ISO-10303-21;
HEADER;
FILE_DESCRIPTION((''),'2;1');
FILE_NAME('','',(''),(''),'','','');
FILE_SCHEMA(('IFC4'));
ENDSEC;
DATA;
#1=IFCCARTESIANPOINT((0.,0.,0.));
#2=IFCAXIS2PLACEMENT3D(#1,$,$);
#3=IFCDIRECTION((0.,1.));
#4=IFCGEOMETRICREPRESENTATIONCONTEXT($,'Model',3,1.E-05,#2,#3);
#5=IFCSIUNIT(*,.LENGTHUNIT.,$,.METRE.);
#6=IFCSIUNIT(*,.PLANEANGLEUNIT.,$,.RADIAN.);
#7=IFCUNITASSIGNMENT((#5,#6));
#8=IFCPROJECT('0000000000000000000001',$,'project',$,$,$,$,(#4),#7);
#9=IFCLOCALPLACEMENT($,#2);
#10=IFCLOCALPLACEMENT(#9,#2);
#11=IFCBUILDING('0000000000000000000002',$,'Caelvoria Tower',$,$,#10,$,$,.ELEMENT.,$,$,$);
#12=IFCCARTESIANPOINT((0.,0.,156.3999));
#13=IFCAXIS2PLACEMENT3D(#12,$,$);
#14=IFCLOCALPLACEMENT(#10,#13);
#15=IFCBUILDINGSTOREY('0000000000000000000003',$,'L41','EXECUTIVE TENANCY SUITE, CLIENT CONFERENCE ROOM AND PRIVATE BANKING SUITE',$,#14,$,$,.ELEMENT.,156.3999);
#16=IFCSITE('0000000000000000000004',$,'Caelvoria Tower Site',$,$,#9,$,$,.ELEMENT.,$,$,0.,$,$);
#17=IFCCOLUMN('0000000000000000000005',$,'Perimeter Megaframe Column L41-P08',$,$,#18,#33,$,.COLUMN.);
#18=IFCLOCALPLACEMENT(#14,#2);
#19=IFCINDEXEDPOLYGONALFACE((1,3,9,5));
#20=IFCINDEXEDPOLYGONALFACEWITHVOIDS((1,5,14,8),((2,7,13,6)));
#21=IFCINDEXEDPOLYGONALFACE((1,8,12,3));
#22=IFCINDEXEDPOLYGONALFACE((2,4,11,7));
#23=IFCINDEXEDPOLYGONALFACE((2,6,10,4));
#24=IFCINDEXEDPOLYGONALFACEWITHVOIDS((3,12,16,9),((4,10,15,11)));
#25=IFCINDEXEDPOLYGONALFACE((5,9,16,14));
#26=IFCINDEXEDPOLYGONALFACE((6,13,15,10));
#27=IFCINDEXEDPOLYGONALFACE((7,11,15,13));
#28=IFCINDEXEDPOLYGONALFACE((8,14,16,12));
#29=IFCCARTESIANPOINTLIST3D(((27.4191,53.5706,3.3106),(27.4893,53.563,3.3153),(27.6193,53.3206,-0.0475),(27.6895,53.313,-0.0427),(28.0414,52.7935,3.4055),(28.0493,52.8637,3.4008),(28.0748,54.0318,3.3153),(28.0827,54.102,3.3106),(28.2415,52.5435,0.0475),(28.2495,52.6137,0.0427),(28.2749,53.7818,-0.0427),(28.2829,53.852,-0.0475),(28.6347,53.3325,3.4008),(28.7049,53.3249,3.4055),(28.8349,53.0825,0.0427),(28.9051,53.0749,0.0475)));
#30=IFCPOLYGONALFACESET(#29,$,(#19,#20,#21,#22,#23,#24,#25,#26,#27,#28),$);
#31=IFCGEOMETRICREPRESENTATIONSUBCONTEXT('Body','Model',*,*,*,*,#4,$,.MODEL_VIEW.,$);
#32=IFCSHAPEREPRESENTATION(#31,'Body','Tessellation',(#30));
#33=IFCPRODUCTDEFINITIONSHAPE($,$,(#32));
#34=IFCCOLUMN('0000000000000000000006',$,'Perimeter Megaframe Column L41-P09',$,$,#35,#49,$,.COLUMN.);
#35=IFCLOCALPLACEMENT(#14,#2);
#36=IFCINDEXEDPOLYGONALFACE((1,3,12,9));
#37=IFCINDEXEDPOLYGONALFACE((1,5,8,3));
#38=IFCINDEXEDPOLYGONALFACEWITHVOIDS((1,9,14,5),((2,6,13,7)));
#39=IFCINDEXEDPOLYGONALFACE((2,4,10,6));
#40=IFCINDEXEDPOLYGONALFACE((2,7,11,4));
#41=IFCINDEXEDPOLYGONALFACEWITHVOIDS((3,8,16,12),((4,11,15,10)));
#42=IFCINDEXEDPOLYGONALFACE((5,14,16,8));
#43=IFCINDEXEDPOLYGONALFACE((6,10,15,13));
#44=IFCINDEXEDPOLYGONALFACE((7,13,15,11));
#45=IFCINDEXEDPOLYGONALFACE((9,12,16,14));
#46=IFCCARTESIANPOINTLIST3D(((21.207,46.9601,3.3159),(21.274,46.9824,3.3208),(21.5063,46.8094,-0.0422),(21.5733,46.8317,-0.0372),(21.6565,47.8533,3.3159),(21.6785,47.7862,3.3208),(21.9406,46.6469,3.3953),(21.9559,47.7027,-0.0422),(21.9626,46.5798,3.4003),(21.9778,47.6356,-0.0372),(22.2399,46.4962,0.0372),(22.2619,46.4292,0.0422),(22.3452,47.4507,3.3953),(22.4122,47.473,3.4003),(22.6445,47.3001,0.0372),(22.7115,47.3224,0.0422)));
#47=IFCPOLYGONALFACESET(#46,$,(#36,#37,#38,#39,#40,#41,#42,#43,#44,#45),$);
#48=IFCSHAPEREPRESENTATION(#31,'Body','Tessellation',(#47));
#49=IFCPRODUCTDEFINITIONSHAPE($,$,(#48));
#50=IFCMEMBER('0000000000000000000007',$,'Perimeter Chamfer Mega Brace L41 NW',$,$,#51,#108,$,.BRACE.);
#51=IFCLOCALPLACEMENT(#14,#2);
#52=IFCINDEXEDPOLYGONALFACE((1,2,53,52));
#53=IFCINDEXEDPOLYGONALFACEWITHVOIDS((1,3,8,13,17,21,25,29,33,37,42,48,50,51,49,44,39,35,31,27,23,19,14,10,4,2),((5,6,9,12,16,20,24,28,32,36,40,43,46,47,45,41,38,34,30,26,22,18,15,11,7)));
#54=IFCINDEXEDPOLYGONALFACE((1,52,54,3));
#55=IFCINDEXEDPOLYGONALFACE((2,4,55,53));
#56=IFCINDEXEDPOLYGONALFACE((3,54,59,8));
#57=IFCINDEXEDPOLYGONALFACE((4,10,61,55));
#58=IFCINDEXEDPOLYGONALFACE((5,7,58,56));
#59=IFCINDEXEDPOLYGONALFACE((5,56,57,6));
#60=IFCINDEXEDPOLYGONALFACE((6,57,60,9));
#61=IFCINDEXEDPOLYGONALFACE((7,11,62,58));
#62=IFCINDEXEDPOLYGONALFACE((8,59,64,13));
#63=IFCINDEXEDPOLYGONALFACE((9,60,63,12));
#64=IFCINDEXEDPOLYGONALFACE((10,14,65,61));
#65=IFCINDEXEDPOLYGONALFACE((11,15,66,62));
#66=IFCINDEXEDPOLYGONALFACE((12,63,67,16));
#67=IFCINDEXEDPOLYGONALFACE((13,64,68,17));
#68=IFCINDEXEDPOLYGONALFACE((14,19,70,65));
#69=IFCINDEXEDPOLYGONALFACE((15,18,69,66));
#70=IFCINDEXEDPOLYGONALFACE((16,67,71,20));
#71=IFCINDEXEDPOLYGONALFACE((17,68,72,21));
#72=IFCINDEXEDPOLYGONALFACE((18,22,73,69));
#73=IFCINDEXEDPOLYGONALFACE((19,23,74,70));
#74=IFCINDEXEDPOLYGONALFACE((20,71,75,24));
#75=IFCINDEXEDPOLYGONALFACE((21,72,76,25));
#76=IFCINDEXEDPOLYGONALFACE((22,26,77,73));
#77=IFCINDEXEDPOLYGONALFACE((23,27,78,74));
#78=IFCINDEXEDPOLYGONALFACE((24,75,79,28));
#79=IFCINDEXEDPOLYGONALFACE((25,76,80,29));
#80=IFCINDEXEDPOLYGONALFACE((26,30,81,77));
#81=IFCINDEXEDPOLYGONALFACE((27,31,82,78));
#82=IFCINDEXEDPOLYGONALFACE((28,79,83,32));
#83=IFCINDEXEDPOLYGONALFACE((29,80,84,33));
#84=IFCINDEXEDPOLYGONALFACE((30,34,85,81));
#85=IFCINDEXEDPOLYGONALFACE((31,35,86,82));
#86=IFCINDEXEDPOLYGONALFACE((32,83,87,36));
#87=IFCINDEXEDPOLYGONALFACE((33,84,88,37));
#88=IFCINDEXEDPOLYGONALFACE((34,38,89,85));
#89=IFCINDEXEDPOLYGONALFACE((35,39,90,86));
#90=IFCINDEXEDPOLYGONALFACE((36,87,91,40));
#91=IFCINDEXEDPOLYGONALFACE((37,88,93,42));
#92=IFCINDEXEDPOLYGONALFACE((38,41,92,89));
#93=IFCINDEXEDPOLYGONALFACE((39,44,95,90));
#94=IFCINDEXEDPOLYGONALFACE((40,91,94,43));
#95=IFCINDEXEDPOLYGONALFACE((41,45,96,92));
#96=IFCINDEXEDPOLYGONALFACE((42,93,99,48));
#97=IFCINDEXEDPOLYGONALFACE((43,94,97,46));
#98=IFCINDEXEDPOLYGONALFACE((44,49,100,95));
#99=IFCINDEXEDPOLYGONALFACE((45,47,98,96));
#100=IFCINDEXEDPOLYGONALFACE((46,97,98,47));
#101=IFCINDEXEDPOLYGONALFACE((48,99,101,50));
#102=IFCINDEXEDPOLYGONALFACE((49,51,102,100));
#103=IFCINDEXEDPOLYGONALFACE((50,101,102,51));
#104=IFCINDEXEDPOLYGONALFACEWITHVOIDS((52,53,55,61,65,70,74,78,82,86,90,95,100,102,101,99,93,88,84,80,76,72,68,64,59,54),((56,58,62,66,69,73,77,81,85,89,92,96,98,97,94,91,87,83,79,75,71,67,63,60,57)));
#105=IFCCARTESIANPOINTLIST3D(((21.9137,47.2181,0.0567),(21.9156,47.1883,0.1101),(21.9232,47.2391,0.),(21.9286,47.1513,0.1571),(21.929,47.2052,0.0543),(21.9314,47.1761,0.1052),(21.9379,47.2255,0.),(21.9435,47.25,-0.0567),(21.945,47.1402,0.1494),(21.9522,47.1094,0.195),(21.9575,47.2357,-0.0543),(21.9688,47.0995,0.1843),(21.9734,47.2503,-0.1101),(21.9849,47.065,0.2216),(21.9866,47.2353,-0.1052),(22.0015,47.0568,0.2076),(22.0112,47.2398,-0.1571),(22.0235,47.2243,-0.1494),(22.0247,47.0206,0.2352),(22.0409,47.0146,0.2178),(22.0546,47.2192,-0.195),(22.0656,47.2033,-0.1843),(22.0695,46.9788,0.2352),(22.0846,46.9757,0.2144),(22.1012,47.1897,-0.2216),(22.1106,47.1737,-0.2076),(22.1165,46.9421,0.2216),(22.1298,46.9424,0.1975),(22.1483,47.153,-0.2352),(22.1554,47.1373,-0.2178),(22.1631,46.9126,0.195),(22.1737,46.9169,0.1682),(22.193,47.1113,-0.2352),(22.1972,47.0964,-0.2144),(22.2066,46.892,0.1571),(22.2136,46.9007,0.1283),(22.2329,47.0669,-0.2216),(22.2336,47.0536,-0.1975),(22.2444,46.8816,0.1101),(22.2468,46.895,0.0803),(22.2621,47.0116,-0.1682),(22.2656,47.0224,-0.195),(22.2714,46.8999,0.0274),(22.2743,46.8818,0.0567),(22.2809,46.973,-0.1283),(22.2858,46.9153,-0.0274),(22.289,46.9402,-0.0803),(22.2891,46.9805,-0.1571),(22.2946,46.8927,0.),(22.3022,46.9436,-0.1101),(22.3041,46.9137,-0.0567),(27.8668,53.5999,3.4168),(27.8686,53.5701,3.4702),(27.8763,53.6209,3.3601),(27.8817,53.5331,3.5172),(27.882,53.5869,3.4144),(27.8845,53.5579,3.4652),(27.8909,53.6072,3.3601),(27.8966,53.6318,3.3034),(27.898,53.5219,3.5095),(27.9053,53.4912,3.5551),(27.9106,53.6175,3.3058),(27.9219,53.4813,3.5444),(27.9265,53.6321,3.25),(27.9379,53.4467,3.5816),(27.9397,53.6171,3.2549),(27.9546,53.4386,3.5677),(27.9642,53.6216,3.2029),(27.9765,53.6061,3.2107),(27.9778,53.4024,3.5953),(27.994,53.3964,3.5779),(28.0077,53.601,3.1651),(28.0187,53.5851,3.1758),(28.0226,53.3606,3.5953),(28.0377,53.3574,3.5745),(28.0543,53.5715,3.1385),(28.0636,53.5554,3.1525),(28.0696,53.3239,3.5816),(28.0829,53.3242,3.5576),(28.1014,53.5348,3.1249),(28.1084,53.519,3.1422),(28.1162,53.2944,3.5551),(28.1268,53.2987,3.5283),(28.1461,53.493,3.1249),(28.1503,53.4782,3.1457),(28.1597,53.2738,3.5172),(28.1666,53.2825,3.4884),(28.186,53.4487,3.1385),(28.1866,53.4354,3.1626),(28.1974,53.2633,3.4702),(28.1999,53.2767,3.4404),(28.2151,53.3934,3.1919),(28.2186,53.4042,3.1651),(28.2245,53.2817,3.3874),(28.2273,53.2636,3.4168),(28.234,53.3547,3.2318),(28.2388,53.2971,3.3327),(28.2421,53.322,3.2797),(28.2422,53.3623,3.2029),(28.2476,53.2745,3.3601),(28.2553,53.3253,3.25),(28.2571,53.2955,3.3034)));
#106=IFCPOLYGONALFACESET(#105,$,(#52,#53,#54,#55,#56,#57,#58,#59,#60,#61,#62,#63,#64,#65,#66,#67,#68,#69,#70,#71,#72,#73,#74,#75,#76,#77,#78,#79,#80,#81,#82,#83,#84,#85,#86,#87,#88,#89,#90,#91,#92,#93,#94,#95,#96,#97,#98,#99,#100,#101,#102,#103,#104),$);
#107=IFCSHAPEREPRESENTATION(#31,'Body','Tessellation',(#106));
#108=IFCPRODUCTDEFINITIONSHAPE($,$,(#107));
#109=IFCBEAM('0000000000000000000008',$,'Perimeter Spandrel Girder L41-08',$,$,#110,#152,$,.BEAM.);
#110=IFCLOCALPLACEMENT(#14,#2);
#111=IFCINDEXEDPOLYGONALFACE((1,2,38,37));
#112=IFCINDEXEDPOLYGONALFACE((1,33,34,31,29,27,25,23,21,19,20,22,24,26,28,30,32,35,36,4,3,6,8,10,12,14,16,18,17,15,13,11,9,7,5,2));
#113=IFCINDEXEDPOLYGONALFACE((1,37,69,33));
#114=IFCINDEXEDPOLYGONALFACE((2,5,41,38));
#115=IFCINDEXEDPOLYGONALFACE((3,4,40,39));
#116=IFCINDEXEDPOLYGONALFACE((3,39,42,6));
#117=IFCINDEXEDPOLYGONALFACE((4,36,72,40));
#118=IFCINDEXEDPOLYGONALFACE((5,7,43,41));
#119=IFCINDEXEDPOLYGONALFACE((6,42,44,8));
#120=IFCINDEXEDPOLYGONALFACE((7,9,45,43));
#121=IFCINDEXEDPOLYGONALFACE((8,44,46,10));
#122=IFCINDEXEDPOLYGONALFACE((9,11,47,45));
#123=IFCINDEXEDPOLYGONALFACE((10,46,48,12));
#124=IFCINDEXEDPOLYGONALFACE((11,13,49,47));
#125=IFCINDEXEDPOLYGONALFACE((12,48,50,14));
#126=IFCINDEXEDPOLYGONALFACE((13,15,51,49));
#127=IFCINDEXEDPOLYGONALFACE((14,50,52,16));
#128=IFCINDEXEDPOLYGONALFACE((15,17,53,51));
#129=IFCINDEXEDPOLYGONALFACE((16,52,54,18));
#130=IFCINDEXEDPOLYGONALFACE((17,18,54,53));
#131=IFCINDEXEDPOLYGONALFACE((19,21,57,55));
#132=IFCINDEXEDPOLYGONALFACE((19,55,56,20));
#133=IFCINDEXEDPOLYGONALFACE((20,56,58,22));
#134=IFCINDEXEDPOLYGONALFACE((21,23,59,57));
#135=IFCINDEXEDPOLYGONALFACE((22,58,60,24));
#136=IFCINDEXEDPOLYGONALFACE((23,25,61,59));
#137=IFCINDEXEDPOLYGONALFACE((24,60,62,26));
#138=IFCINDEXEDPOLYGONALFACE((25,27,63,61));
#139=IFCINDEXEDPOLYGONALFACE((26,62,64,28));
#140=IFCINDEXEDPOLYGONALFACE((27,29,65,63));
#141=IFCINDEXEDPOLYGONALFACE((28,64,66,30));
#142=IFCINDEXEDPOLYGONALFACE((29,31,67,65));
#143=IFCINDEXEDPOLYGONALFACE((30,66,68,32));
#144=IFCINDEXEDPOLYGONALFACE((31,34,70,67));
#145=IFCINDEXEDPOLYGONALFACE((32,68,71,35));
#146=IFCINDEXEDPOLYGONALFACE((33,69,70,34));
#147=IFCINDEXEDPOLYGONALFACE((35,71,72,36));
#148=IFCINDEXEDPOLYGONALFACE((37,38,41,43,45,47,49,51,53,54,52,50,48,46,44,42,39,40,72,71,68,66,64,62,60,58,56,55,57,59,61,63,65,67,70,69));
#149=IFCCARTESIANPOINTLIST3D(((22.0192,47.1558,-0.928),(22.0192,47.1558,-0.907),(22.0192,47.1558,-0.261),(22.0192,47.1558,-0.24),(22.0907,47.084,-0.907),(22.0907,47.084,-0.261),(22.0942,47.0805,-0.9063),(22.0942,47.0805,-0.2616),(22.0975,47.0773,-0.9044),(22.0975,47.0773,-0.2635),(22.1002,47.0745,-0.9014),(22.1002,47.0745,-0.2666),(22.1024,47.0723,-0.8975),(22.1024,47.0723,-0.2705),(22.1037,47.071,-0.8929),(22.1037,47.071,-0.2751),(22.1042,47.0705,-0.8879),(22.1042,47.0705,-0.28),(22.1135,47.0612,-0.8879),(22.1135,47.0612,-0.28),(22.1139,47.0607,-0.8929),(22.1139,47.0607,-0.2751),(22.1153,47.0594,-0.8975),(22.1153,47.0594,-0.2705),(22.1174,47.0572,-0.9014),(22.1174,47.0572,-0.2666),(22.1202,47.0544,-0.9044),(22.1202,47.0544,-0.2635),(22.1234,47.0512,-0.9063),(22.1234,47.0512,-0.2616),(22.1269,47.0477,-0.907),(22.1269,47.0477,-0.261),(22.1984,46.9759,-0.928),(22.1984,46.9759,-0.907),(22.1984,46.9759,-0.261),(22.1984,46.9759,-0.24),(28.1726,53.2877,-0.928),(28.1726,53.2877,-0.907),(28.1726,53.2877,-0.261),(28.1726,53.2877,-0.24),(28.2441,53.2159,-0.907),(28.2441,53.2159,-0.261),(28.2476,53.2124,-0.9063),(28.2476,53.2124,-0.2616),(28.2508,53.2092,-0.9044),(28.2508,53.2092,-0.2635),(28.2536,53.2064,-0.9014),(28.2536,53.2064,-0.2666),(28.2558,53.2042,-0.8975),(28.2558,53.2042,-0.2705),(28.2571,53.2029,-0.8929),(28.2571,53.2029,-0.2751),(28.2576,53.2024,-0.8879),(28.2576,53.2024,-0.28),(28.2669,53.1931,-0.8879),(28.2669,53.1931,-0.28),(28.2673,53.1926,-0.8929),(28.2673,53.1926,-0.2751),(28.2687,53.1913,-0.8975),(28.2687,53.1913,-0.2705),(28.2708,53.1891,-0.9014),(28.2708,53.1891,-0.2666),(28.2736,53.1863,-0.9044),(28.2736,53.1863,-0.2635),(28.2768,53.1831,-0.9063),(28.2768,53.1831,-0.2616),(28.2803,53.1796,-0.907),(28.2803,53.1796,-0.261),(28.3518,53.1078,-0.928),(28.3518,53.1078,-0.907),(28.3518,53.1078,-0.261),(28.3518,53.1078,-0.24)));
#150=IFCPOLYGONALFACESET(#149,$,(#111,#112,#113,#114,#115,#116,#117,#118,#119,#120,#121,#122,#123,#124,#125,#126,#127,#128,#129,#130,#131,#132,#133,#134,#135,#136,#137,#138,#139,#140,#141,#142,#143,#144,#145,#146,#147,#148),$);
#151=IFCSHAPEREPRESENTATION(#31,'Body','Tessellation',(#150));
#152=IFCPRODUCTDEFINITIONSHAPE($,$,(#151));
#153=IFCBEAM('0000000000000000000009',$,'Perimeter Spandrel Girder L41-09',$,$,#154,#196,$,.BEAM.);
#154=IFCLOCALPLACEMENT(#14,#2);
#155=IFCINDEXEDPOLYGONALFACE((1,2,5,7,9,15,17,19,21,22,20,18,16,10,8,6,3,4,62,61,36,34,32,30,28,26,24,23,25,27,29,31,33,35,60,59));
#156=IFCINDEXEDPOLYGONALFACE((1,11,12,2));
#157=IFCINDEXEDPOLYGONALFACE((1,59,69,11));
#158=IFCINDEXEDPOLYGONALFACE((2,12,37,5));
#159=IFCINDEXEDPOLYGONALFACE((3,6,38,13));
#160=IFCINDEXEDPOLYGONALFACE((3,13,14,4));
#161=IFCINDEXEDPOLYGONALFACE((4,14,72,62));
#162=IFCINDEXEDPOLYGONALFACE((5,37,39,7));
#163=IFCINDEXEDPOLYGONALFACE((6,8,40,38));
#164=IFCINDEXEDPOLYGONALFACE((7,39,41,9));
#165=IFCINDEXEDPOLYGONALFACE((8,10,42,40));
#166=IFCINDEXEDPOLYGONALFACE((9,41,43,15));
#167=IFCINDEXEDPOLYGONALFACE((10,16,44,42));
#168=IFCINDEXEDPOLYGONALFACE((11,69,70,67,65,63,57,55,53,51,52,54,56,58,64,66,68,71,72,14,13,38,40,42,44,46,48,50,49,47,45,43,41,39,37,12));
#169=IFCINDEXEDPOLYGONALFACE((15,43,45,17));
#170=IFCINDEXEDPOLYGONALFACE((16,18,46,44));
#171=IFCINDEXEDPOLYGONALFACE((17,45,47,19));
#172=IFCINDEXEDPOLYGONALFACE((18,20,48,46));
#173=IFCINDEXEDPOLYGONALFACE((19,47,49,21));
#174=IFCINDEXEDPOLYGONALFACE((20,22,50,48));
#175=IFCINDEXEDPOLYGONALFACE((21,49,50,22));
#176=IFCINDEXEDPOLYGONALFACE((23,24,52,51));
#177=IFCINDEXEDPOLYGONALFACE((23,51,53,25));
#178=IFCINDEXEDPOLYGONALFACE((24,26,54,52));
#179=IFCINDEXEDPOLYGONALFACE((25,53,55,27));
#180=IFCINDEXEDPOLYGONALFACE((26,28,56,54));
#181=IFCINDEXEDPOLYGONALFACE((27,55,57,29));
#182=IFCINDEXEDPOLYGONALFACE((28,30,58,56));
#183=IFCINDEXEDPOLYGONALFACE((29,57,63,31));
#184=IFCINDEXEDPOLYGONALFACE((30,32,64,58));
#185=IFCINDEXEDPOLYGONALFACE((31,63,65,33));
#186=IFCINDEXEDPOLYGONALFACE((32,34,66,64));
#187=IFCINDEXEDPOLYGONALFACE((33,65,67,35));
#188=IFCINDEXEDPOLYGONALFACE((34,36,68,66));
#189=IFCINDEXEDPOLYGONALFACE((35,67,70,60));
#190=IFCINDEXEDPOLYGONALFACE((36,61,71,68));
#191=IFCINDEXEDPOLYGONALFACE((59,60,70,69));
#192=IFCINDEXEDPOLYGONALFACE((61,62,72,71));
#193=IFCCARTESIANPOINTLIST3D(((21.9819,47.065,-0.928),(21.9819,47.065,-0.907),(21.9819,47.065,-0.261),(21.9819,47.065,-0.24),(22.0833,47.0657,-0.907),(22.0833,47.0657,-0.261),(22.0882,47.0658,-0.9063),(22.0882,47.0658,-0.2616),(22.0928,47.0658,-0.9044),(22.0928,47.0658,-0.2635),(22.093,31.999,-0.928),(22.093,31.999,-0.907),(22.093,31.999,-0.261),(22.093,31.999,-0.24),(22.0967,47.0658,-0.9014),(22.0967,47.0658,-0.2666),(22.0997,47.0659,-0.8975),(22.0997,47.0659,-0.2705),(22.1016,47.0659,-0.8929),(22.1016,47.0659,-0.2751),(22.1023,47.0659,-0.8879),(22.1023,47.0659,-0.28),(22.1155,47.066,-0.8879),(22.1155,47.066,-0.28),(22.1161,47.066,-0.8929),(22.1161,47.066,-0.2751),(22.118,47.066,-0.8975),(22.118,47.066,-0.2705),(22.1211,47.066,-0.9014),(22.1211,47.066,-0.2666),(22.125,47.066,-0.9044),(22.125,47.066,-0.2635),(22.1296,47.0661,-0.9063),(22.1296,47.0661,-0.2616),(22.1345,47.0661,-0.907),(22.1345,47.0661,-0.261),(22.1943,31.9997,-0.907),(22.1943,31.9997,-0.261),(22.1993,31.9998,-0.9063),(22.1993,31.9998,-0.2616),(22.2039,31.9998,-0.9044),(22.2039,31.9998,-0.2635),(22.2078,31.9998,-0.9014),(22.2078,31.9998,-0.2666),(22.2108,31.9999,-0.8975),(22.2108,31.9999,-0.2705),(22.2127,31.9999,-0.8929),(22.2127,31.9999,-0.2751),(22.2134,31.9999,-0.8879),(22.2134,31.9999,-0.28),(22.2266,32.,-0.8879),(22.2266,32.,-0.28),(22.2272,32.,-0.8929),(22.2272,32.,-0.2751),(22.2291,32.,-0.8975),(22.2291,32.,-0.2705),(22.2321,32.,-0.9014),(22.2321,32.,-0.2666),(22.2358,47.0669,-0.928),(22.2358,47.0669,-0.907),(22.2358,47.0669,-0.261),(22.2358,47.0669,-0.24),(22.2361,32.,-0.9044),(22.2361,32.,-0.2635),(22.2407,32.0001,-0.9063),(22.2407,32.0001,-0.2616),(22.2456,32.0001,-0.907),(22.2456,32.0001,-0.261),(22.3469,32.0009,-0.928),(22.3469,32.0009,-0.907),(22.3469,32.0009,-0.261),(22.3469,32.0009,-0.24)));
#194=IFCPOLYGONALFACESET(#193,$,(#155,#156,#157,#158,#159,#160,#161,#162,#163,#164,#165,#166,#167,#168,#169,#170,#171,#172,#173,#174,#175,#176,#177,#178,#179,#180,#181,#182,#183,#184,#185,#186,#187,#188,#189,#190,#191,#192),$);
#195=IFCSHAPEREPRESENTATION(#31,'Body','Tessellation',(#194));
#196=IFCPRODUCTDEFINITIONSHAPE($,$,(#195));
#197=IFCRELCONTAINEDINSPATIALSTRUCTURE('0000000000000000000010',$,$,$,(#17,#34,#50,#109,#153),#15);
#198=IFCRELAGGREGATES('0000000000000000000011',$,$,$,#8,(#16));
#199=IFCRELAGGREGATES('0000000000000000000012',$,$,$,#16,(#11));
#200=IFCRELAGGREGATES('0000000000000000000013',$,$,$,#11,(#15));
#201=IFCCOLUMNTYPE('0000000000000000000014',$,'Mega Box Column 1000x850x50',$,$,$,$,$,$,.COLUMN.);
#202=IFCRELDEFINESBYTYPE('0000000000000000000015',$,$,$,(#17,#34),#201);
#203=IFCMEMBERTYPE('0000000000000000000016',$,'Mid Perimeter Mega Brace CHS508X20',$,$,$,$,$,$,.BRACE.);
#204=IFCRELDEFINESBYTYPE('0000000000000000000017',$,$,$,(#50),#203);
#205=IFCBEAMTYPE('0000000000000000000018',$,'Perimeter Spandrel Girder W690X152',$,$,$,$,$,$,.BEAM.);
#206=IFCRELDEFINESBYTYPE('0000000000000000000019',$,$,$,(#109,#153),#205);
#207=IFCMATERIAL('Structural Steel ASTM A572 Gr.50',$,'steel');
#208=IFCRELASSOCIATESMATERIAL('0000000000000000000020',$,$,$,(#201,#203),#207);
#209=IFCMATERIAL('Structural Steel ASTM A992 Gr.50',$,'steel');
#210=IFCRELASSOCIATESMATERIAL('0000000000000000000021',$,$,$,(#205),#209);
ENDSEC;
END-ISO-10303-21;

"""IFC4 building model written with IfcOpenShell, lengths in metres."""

from ifc_helpers import new_model, si_unit, direction, frame, origin, origin_2d, place, context, subcontext, project, spatial, hollow_rectangle, hollow_circle, i_section, extrude, material, material_profile, profile_set, type_object, element, save


model = new_model("IFC4")

# Units and contexts
model_context = context("Model", 3, precision=1e-05, world=origin(), true_north=direction((0.0, 1.0)))
body_context = subcontext(model_context, "Body", "Model", "MODEL_VIEW")
ifc_project = project(units=[si_unit("LENGTHUNIT", "METRE"), si_unit("PLANEANGLEUNIT", "RADIAN")], contexts=[model_context])

# Site, building, storey
site_placement = place(None, origin())
site = spatial("IfcSite", under=ifc_project, at=site_placement, Name="Caelvoria Tower Site", CompositionType="ELEMENT", RefElevation=0.0)
building_placement = place(site_placement, origin())
building = spatial("IfcBuilding", under=site, at=building_placement, Name="Caelvoria Tower", CompositionType="ELEMENT")
storey_placement = place(building_placement, frame((0.0, 0.0, 156.3999)))
storey = spatial("IfcBuildingStorey", under=building, at=storey_placement, Name="L41", Description="EXECUTIVE TENANCY SUITE, CLIENT CONFERENCE ROOM AND PRIVATE BANKING SUITE", CompositionType="ELEMENT", Elevation=156.3999)

# Columns
ifc_material_1 = material(Name="Structural Steel ASTM A572 Gr.50", Category="steel")
ifc_material_profile_1 = material_profile(ifc_material_1, hollow_rectangle(XDim=0.8501, YDim=1.0, WallThickness=0.05, at=origin_2d()), Name="Structural Steel ASTM A572 Gr.50")
ifc_profile_set_1 = profile_set([ifc_material_profile_1], Name="BOX1000X850X50 - Structural Steel ASTM A572 Gr.50")
column_type = type_object("IfcColumnType", Name="Mega Box Column 1000x850x50", PredefinedType="COLUMN", material=ifc_profile_set_1)
column_1_placement = place(storey_placement, frame((28.2622, 53.1978, 0.0), z_axis=(-0.059345, 0.074109, 0.995483), x_axis=(-0.780571, -0.625067, 0.0)))
element("IfcColumn", 1, at=column_1_placement, inside=storey, type_object=column_type, Name="Perimeter Megaframe Column L41-P08", PredefinedType="COLUMN", context=body_context, shape_type="SweptSolid", body=[
    extrude(hollow_rectangle(XDim=0.8501, YDim=1.0, WallThickness=0.05, at=origin_2d()), origin(), (0.0, 0.0, 1.0), 3.3733),
])
column_2_placement = place(storey_placement, frame((22.1089, 47.0659, 0.0), z_axis=(-0.088691, 0.044635, 0.995059), x_axis=(0.888844, -0.447322, 0.099289)))
element("IfcColumn", 2, at=column_2_placement, inside=storey, type_object=column_type, Name="Perimeter Megaframe Column L41-P09", PredefinedType="COLUMN", context=body_context, shape_type="SweptSolid", body=[
    extrude(hollow_rectangle(XDim=0.8501, YDim=1.0, WallThickness=0.05, at=origin_2d()), origin(), (0.0, 0.0, 1.0), 3.3748),
])

# Member
ifc_material_profile_2 = material_profile(ifc_material_1, hollow_circle(Radius=0.2539, WallThickness=0.02, at=origin_2d()), Name="Structural Steel ASTM A572 Gr.50")
ifc_profile_set_2 = profile_set([ifc_material_profile_2], Name="CHS508X20 - Structural Steel ASTM A572 Gr.50")
member_type = type_object("IfcMemberType", Name="Mid Perimeter Mega Brace CHS508X20", PredefinedType="BRACE", material=ifc_profile_set_2)
member_placement = place(storey_placement, frame((22.1089, 47.0659, 0.0), z_axis=(0.636569, 0.682411, 0.359297), x_axis=(-0.731241, 0.682119, 0.0)))
element("IfcMember", 3, at=member_placement, inside=storey, type_object=member_type, Name="Perimeter Chamfer Mega Brace L41 NW", PredefinedType="BRACE", context=body_context, shape_type="SweptSolid", body=[
    extrude(hollow_circle(Radius=0.2539, WallThickness=0.02, at=origin_2d()), origin(), (0.0, 0.0, 1.0), 9.3518),
])

# Beams
ifc_material_2 = material(Name="Structural Steel ASTM A992 Gr.50", Category="steel")
ifc_material_profile_3 = material_profile(ifc_material_2, i_section(OverallWidth=0.2539, OverallDepth=0.688, WebThickness=0.0132, FlangeThickness=0.021, FilletRadius=0.019, at=origin_2d()), Name="Structural Steel ASTM A992 Gr.50")
ifc_profile_set_3 = profile_set([ifc_material_profile_3], Name="W690X152 - Structural Steel ASTM A992 Gr.50")
beam_type = type_object("IfcBeamType", Name="Perimeter Spandrel Girder W690X152", PredefinedType="BEAM", material=ifc_profile_set_3)
beam_1_placement = place(storey_placement, frame((28.2622, 53.1978, -0.584), z_axis=(-0.708342, -0.705869, 0.0), x_axis=(0.705869, -0.708342, 0.0)))
element("IfcBeam", 4, at=beam_1_placement, inside=storey, type_object=beam_type, Name="Perimeter Spandrel Girder L41-08", PredefinedType="BEAM", context=body_context, shape_type="SweptSolid", body=[
    extrude(i_section(OverallWidth=0.2539, OverallDepth=0.688, WebThickness=0.0132, FlangeThickness=0.021, FilletRadius=0.019, at=origin_2d()), origin(), (0.0, 0.0, 1.0), 8.687),
])
beam_2_placement = place(storey_placement, frame((22.1089, 47.0659, -0.584), z_axis=(0.007373, -0.999973, 0.0), x_axis=(0.999973, 0.007373, 0.0)))
element("IfcBeam", 5, at=beam_2_placement, inside=storey, type_object=beam_type, Name="Perimeter Spandrel Girder L41-09", PredefinedType="BEAM", context=body_context, shape_type="SweptSolid", body=[
    extrude(i_section(OverallWidth=0.2539, OverallDepth=0.688, WebThickness=0.0132, FlangeThickness=0.021, FilletRadius=0.019, at=origin_2d()), origin(), (0.0, 0.0, 1.0), 15.0664),
])

save(model, "model.ifc")
